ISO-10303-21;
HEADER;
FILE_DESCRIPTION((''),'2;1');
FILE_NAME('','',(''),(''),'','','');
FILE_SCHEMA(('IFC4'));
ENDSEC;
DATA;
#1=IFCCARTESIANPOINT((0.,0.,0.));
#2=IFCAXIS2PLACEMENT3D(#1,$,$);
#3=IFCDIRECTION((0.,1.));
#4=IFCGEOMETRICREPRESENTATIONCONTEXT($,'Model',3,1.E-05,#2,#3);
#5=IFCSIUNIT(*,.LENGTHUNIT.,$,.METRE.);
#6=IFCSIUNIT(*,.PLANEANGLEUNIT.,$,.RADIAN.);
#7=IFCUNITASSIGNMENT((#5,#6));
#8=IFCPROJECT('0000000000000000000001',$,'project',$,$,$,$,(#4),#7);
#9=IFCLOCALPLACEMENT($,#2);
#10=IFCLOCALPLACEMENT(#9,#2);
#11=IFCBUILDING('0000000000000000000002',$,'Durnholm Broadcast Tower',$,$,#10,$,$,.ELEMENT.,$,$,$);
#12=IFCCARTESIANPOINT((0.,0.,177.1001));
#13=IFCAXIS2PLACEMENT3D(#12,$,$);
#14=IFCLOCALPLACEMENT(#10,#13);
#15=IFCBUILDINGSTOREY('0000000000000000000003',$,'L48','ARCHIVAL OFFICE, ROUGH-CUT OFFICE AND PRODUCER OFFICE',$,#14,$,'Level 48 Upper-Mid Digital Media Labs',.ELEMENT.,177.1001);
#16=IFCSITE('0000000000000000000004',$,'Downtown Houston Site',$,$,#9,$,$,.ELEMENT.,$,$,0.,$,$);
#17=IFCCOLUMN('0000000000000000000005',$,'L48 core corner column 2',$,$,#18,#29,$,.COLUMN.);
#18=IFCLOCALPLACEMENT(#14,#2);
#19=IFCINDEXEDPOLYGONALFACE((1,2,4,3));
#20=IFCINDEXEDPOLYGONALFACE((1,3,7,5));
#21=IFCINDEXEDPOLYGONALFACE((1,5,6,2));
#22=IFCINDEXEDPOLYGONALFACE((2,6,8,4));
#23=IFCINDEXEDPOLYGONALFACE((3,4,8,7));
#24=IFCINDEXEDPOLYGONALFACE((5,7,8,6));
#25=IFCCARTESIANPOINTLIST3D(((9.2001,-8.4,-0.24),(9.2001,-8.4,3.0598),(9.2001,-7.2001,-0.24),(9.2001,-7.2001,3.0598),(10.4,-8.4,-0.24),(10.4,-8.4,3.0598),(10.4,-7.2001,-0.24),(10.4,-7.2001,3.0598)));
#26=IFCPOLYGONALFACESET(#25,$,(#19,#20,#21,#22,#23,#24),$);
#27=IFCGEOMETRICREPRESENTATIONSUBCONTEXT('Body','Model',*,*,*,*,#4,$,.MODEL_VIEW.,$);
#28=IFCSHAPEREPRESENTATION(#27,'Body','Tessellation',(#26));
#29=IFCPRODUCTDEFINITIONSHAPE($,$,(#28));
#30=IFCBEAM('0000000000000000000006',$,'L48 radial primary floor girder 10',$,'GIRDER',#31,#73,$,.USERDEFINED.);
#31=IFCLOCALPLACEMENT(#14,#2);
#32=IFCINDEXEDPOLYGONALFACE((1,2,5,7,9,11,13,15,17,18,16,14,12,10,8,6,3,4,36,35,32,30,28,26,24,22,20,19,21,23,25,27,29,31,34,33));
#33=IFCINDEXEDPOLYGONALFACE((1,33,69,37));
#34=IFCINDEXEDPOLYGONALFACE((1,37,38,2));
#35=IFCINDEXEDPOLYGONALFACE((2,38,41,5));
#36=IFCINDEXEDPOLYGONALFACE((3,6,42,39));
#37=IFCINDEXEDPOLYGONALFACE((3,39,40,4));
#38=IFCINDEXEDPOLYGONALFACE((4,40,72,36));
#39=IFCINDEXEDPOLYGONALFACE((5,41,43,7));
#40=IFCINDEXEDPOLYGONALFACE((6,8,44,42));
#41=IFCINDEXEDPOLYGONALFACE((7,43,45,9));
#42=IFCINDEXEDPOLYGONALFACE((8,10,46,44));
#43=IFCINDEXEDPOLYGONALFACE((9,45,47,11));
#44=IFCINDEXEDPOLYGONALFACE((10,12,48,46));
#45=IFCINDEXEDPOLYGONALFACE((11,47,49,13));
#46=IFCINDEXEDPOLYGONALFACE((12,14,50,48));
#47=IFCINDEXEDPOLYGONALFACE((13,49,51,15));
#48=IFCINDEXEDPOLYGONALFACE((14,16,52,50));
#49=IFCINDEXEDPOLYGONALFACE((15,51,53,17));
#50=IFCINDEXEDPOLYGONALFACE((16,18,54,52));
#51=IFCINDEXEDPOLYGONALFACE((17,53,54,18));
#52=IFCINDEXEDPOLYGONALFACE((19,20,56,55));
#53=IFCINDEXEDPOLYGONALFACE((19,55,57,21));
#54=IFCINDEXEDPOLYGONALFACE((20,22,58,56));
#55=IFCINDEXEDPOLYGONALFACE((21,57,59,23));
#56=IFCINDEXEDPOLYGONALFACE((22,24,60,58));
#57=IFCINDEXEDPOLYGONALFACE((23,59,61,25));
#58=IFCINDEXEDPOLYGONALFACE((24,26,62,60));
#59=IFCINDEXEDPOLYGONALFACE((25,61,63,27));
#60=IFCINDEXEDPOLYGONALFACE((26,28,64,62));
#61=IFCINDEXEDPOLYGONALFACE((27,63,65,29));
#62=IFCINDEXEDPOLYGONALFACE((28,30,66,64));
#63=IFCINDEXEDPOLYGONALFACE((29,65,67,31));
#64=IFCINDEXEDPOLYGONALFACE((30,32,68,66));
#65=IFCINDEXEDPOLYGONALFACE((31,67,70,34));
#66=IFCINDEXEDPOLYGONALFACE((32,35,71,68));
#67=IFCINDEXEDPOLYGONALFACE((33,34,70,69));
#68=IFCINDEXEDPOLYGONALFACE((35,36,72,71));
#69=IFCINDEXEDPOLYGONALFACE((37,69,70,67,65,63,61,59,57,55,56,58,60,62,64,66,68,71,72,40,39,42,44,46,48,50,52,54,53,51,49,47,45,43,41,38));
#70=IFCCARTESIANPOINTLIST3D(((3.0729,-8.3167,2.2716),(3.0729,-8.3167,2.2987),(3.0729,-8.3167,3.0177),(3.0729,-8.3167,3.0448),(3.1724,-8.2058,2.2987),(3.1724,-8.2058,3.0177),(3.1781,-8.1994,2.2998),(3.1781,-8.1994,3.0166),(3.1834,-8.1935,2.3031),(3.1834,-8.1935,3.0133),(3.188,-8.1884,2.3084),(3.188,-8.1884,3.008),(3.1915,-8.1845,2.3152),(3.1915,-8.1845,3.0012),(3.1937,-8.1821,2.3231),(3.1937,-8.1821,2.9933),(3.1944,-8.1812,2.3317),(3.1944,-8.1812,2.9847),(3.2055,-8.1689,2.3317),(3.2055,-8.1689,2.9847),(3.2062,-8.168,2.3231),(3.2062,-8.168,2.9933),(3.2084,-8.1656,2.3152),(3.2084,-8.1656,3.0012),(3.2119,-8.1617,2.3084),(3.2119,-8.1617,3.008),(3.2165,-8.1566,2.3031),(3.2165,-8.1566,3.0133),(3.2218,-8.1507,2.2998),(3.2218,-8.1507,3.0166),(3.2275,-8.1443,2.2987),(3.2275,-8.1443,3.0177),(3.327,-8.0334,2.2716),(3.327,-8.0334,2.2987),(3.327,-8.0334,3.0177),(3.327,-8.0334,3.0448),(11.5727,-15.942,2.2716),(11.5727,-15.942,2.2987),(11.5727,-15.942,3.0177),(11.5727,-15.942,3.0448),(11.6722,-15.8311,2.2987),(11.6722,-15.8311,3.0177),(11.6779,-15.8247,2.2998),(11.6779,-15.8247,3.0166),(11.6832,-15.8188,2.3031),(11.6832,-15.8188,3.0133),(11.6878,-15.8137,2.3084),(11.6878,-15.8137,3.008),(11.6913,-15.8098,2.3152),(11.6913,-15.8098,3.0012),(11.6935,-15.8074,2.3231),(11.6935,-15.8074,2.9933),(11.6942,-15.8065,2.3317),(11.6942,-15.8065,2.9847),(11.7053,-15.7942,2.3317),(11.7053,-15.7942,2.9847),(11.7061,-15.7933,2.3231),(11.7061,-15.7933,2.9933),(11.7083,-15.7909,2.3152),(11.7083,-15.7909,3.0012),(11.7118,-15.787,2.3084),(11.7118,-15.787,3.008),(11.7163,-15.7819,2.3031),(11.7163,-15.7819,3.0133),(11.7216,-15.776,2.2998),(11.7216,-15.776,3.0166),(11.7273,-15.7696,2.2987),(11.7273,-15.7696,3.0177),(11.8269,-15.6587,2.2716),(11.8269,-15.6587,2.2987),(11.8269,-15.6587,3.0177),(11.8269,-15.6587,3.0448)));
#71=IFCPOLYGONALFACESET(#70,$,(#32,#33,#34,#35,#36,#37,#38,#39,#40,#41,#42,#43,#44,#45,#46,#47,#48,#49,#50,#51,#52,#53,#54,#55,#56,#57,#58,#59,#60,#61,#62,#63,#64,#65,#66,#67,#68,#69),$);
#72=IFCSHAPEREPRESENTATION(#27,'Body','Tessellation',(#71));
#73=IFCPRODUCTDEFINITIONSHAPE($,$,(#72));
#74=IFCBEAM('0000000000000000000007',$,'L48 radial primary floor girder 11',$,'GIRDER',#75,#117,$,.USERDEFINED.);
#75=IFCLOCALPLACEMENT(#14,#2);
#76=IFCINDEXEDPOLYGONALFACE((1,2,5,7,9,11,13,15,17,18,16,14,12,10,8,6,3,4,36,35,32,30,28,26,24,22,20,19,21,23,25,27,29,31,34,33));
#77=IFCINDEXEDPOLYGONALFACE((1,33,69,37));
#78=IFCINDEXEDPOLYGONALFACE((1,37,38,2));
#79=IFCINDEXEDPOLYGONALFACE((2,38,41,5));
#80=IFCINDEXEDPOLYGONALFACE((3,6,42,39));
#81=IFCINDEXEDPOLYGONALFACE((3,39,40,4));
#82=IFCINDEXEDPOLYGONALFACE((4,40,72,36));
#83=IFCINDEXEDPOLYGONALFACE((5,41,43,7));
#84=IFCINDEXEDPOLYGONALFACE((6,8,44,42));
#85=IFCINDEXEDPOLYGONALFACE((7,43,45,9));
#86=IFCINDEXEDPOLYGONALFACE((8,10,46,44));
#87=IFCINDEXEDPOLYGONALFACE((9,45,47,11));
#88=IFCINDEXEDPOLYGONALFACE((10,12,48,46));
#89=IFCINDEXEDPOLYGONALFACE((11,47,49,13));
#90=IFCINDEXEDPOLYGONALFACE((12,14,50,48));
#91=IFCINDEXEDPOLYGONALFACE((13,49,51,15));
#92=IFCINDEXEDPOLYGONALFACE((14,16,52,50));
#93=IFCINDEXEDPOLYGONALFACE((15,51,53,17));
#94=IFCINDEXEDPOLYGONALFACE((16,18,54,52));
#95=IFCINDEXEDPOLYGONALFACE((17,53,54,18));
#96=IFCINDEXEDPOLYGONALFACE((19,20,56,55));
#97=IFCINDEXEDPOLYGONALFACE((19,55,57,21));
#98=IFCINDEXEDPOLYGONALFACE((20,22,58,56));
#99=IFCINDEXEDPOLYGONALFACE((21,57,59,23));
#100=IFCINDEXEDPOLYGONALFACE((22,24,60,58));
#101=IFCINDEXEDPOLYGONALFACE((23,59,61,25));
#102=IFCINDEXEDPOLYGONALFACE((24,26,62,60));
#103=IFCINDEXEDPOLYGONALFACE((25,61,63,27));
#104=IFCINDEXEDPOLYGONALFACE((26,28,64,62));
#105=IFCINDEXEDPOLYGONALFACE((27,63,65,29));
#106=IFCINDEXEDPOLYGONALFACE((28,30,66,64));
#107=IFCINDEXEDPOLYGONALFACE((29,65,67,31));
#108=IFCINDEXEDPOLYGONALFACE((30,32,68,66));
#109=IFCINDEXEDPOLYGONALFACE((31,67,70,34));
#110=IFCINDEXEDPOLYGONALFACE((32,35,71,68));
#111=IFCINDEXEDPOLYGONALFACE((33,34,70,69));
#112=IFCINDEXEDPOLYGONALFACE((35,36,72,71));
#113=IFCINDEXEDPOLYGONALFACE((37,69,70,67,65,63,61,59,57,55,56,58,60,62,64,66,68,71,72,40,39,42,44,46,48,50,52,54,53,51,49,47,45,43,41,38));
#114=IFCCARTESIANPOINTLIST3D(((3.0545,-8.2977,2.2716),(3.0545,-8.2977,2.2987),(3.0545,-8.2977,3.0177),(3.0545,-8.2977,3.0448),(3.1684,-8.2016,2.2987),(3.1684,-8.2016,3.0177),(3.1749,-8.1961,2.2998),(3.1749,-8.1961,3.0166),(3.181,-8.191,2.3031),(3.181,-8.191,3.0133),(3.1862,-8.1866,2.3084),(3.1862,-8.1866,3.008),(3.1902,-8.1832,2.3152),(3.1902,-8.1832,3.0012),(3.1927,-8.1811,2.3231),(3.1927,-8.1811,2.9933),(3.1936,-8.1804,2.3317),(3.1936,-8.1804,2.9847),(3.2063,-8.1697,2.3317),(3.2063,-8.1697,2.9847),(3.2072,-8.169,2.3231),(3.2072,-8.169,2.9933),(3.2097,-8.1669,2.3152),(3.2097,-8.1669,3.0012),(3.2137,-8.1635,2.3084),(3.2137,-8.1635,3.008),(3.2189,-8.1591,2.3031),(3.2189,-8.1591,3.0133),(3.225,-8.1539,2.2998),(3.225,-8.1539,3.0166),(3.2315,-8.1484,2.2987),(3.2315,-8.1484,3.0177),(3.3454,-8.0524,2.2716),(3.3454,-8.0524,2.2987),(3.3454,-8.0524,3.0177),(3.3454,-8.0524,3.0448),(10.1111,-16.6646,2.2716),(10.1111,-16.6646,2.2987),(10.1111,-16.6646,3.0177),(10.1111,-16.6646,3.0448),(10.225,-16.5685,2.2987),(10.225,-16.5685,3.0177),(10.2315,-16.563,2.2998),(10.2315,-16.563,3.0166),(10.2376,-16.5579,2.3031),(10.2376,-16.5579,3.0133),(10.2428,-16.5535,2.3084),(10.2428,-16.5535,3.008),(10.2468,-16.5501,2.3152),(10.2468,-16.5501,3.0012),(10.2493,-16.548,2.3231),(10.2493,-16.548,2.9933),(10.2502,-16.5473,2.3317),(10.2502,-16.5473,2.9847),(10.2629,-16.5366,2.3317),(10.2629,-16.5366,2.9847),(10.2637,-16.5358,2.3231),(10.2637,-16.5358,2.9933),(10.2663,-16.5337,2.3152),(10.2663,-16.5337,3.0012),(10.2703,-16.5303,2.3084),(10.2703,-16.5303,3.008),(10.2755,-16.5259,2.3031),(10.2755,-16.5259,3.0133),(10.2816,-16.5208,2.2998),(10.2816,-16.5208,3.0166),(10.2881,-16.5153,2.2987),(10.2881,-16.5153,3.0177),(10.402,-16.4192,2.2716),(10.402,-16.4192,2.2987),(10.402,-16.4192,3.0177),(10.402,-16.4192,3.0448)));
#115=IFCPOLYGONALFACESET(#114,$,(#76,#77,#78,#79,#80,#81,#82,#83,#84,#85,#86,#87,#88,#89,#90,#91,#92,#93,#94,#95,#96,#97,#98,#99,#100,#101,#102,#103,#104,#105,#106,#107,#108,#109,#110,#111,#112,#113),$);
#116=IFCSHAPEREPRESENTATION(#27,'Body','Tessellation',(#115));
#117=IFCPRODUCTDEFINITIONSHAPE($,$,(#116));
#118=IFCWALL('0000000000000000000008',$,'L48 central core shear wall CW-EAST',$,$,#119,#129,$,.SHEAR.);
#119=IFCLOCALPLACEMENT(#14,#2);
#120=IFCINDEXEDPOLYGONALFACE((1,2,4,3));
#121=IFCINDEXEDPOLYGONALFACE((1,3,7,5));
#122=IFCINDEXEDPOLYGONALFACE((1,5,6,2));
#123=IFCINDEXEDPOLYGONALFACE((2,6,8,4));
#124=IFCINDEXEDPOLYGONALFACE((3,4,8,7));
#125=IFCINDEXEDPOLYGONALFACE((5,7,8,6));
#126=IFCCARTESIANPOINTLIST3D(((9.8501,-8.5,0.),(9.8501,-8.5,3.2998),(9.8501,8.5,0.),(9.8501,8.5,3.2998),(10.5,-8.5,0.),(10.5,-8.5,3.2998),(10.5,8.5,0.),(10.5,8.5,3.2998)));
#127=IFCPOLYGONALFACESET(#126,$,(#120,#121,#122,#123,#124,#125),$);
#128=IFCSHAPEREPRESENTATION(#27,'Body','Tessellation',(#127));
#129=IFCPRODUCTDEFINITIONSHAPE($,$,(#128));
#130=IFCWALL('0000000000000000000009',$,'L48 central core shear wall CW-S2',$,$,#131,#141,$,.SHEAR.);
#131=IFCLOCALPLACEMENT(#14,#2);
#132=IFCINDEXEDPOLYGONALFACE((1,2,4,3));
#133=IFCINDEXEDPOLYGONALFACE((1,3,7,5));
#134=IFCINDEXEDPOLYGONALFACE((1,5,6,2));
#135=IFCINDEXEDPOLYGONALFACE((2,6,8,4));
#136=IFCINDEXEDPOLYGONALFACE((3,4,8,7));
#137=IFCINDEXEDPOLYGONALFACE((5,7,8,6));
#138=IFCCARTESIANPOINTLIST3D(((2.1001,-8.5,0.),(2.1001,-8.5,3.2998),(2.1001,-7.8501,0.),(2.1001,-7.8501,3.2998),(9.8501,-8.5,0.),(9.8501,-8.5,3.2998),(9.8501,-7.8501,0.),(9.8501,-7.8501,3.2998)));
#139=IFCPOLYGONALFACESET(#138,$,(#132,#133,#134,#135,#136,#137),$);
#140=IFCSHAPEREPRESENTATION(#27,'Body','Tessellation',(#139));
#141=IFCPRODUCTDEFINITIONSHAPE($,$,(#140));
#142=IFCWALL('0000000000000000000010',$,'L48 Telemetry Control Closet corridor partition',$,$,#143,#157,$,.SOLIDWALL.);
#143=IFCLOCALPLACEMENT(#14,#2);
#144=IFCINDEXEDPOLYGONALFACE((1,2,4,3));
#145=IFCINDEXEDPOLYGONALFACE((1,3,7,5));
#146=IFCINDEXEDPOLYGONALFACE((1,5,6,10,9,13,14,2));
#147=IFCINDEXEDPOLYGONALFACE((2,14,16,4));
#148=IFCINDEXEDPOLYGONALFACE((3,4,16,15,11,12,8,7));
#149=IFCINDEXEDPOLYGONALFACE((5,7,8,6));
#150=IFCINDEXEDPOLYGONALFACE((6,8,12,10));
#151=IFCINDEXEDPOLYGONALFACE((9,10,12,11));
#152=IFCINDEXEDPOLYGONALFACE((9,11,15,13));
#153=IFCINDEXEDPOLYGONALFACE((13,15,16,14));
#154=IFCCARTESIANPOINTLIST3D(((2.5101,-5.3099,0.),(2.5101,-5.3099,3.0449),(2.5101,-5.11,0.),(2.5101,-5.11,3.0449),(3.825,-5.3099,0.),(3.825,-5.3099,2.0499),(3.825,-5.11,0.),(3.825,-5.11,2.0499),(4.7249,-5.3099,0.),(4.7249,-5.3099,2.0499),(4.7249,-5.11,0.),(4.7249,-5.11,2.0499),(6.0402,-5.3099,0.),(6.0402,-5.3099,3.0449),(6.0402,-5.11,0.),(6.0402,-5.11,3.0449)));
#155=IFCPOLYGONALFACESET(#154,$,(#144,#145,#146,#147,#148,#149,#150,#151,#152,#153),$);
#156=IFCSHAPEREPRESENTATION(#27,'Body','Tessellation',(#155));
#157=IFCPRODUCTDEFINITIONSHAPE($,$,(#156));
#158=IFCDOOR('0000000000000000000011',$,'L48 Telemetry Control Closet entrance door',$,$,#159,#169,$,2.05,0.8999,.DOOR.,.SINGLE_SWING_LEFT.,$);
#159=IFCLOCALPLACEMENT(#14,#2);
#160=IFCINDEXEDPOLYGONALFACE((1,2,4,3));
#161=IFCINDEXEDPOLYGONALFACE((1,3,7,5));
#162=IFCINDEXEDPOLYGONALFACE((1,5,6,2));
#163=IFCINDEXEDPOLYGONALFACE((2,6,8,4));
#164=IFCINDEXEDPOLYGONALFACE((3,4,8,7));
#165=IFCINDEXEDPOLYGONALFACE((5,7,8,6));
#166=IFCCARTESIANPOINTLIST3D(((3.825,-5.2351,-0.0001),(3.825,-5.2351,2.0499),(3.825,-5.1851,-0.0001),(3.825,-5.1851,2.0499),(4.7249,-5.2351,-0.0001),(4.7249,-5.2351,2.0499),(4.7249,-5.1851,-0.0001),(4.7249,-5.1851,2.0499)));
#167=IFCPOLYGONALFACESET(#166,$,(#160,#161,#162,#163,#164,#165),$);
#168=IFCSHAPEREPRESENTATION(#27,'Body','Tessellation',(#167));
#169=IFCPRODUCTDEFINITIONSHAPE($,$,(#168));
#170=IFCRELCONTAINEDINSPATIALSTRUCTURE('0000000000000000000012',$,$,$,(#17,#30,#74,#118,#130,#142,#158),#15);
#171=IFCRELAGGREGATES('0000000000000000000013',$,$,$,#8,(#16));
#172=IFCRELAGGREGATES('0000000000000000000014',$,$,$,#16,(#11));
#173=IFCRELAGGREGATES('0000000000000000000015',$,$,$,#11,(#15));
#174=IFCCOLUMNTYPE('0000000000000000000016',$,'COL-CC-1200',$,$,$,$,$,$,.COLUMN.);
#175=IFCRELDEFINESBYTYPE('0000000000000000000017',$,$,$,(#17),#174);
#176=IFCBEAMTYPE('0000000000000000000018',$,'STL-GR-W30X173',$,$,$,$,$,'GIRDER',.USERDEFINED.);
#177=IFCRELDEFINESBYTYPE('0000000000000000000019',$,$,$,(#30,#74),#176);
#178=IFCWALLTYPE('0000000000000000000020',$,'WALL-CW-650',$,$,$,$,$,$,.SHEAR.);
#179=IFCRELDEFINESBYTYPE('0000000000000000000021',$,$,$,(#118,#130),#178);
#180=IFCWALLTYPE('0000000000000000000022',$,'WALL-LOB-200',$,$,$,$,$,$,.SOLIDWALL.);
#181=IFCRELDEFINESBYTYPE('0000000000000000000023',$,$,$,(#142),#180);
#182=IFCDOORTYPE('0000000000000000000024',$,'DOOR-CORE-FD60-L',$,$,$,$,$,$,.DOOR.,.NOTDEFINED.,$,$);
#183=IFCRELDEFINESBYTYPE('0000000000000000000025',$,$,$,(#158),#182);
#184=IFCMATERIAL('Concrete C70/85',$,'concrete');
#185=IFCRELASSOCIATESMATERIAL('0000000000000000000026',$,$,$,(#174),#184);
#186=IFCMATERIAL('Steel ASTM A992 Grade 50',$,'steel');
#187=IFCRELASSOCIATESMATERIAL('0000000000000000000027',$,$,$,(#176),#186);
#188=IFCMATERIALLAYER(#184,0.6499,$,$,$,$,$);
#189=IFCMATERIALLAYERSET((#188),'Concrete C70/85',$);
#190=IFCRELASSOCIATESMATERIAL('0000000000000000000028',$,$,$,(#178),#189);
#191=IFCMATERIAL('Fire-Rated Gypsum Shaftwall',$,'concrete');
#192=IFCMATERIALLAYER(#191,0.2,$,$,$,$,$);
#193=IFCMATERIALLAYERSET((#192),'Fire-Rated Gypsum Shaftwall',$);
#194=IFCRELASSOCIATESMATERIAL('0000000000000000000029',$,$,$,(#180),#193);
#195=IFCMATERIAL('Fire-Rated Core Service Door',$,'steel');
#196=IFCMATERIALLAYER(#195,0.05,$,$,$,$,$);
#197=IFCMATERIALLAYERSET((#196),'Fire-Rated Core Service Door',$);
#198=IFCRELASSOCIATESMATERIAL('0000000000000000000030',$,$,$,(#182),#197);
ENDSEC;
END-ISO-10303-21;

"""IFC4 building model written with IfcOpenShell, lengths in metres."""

from ifc_helpers import new_model, si_unit, direction, frame, frame_2d, origin, origin_2d, place, context, subcontext, project, spatial, rectangle, i_section, extrude, source, transform, mapped, material, layer, layer_set, material_profile, profile_set, type_object, type_shapes, element, fill, save


model = new_model("IFC4")

# Units and contexts
model_context = context("Model", 3, precision=1e-05, world=origin(), true_north=direction((0.0, 1.0)))
body_context = subcontext(model_context, "Body", "Model", "MODEL_VIEW")
ifc_project = project(units=[si_unit("LENGTHUNIT", "METRE"), si_unit("PLANEANGLEUNIT", "RADIAN")], contexts=[model_context])

# Site, building, storey
site_placement = place(None, origin())
site = spatial("IfcSite", under=ifc_project, at=site_placement, Name="Downtown Houston Site", CompositionType="ELEMENT", RefElevation=0.0)
building_placement = place(site_placement, origin())
building = spatial("IfcBuilding", under=site, at=building_placement, Name="Durnholm Broadcast Tower", CompositionType="ELEMENT")
storey_placement = place(building_placement, frame((0.0, 0.0, 177.1001)))
storey = spatial("IfcBuildingStorey", under=building, at=storey_placement, Name="L48", Description="ARCHIVAL OFFICE, ROUGH-CUT OFFICE AND PRODUCER OFFICE", LongName="Level 48 Upper-Mid Digital Media Labs", CompositionType="ELEMENT", Elevation=177.1001)

# Column
ifc_material_1 = material(Name="Concrete C70/85", Category="concrete")
ifc_material_profile_1 = material_profile(ifc_material_1, rectangle(XDim=1.2, YDim=1.2, at=origin_2d()), Name="RC1200X1200")
ifc_profile_set_1 = profile_set([ifc_material_profile_1], Name="Concrete C70/85")
column_type = type_object("IfcColumnType", Name="COL-CC-1200", PredefinedType="COLUMN", material=ifc_profile_set_1)
shared_shape_1 = source(origin(), body_context, "Body", "SweptSolid", [
    extrude(rectangle(XDim=1.2, YDim=1.2, at=origin_2d()), origin(), (0.0, 0.0, 1.0), 3.2998),
])
type_shapes(column_type, [shared_shape_1])
column_placement = place(storey_placement, frame((9.8, -7.8, -0.24), z_axis=(0.0, 0.0, 1.0), x_axis=(1.0, 0.0, 0.0)))
element("IfcColumn", 1, at=column_placement, inside=storey, type_object=column_type, Name="L48 core corner column 2", PredefinedType="COLUMN", context=body_context, shape_type="MappedRepresentation", body=[
    mapped(shared_shape_1, transform((0.0, 0.0, 0.0), x_axis=(1.0, 0.0, 0.0), y_axis=(0.0, 1.0, 0.0), z_axis=(0.0, 0.0, 1.0), scale=1.0)),
])

# Beams
ifc_material_2 = material(Name="Steel ASTM A992 Grade 50", Category="steel")
ifc_material_profile_2 = material_profile(ifc_material_2, i_section(OverallWidth=0.3806, OverallDepth=0.7732, WebThickness=0.0166, FlangeThickness=0.0271, FilletRadius=0.033, at=origin_2d()), Name="W30X173")
ifc_profile_set_2 = profile_set([ifc_material_profile_2], Name="Steel ASTM A992 Grade 50")
beam_type = type_object("IfcBeamType", Name="STL-GR-W30X173", ElementType="GIRDER", PredefinedType="USERDEFINED", material=ifc_profile_set_2)
shared_shape_2 = source(origin(), body_context, "Body", "SweptSolid", [
    extrude(i_section(OverallWidth=0.3806, OverallDepth=0.7732, WebThickness=0.0166, FlangeThickness=0.0271, FilletRadius=0.033, at=origin_2d()), origin(), (0.0, 0.0, 1.0), 11.4189),
])
beam_1_placement = place(storey_placement, frame((3.2, -8.175, 2.6582), z_axis=(0.744362, -0.667777, 0.0), x_axis=(0.667777, 0.744362, 0.0)))
element("IfcBeam", 2, at=beam_1_placement, inside=storey, type_object=beam_type, Name="L48 radial primary floor girder 10", ObjectType="GIRDER", PredefinedType="USERDEFINED", context=body_context, shape_type="MappedRepresentation", body=[
    mapped(shared_shape_2, transform((0.0, 0.0, 0.0), x_axis=(1.0, 0.0, 0.0), y_axis=(0.0, 1.0, 0.0), z_axis=(0.0, 0.0, 1.0), scale=1.0)),
])
shared_shape_3 = source(origin(), body_context, "Body", "SweptSolid", [
    extrude(i_section(OverallWidth=0.3806, OverallDepth=0.7732, WebThickness=0.0166, FlangeThickness=0.0271, FilletRadius=0.033, at=origin_2d()), origin(), (0.0, 0.0, 1.0), 10.9453),
])
type_shapes(beam_type, [shared_shape_2, shared_shape_3])
beam_2_placement = place(storey_placement, frame((3.2, -8.175, 2.6582), z_axis=(0.644713, -0.764425, 0.0), x_axis=(0.764425, 0.644713, 0.0)))
element("IfcBeam", 3, at=beam_2_placement, inside=storey, type_object=beam_type, Name="L48 radial primary floor girder 11", ObjectType="GIRDER", PredefinedType="USERDEFINED", context=body_context, shape_type="MappedRepresentation", body=[
    mapped(shared_shape_3, transform((0.0, 0.0, 0.0), x_axis=(1.0, 0.0, 0.0), y_axis=(0.0, 1.0, 0.0), z_axis=(0.0, 0.0, 1.0), scale=1.0)),
])

# Walls
ifc_layer_1 = layer(ifc_material_1, 0.6499)
ifc_layer_set_1 = layer_set([ifc_layer_1], Name="Concrete C70/85")
wall_type_1 = type_object("IfcWallType", Name="WALL-CW-650", PredefinedType="SHEAR", material=ifc_layer_set_1)
wall_1_placement = place(storey_placement, frame((10.175, -8.5, 0.0), z_axis=(0.0, 0.0, 1.0), x_axis=(0.0, 1.0, 0.0)))
element("IfcWall", 4, at=wall_1_placement, inside=storey, type_object=wall_type_1, Name="L48 central core shear wall CW-EAST", PredefinedType="SHEAR", context=body_context, shape_type="SweptSolid", body=[
    extrude(rectangle(XDim=17.0, YDim=0.6499, at=frame_2d((8.5, 0.0))), origin(), (0.0, 0.0, 1.0), 3.2998),
])
wall_2_placement = place(storey_placement, frame((2.1001, -8.175, 0.0), z_axis=(0.0, 0.0, 1.0), x_axis=(1.0, 0.0, 0.0)))
element("IfcWall", 5, at=wall_2_placement, inside=storey, type_object=wall_type_1, Name="L48 central core shear wall CW-S2", PredefinedType="SHEAR", context=body_context, shape_type="SweptSolid", body=[
    extrude(rectangle(XDim=7.75, YDim=0.6499, at=frame_2d((3.875, 0.0))), origin(), (0.0, 0.0, 1.0), 3.2998),
])

# Wall, opening, door
ifc_material_3 = material(Name="Fire-Rated Gypsum Shaftwall", Category="concrete")
ifc_layer_2 = layer(ifc_material_3, 0.2)
ifc_layer_set_2 = layer_set([ifc_layer_2], Name="Fire-Rated Gypsum Shaftwall")
wall_type_2 = type_object("IfcWallType", Name="WALL-LOB-200", PredefinedType="SOLIDWALL", material=ifc_layer_set_2)
wall_3_placement = place(storey_placement, frame((2.51, -5.21, 0.0), z_axis=(0.0, 0.0, 1.0), x_axis=(1.0, 0.0, 0.0)))
wall_3 = element("IfcWall", 6, at=wall_3_placement, inside=storey, type_object=wall_type_2, Name="L48 Telemetry Control Closet corridor partition", PredefinedType="SOLIDWALL", context=body_context, shape_type="SweptSolid", body=[
    extrude(rectangle(XDim=3.53, YDim=0.2, at=frame_2d((1.7651, 0.0))), origin(), (0.0, 0.0, 1.0), 3.0449),
])
opening_1_placement = place(wall_3_placement, frame((1.3149, 0.0, 0.0)))
opening_1 = element("IfcOpeningElement", 7, at=opening_1_placement, cuts=wall_3, PredefinedType="OPENING", context=body_context, shape_type="SweptSolid", body=[
    extrude(rectangle(XDim=0.8999, YDim=2.05, at=frame_2d((0.45, 1.0249))), frame((0.0, 0.1099, 0.0), z_axis=(0.0, -1.0, 0.0), x_axis=(1.0, 0.0, 0.0)), (0.0, 0.0, 1.0), 0.22),
])
ifc_material_4 = material(Name="Fire-Rated Core Service Door", Category="steel")
ifc_layer_3 = layer(ifc_material_4, 0.05)
ifc_layer_set_3 = layer_set([ifc_layer_3], Name="Fire-Rated Core Service Door")
door_type_1 = type_object("IfcDoorType", Name="DOOR-CORE-FD60-L", OperationType="NOTDEFINED", PredefinedType="DOOR", material=ifc_layer_set_3)
shared_shape_4 = source(origin(), body_context, "Body", "SweptSolid", [
    extrude(rectangle(XDim=0.8999, YDim=2.05, at=frame_2d((0.45, 1.0249))), frame((0.0, 0.0249, 0.0), z_axis=(0.0, -1.0, 0.0), x_axis=(1.0, 0.0, 0.0)), (0.0, 0.0, 1.0), 0.05),
])
type_shapes(door_type_1, [shared_shape_4])
door_1_placement = place(opening_1_placement, origin())
door_1 = element("IfcDoor", 8, at=door_1_placement, inside=storey, type_object=door_type_1, Name="L48 Telemetry Control Closet entrance door", OperationType="SINGLE_SWING_LEFT", OverallHeight=2.05, OverallWidth=0.8999, PredefinedType="DOOR", context=body_context, shape_type="MappedRepresentation", body=[
    mapped(shared_shape_4, transform((0.0, 0.0, 0.0), x_axis=(1.0, 0.0, 0.0), y_axis=(0.0, 1.0, 0.0), z_axis=(0.0, 0.0, 1.0), scale=1.0)),
])
fill(opening_1, door_1)

save(model, "model.ifc")
